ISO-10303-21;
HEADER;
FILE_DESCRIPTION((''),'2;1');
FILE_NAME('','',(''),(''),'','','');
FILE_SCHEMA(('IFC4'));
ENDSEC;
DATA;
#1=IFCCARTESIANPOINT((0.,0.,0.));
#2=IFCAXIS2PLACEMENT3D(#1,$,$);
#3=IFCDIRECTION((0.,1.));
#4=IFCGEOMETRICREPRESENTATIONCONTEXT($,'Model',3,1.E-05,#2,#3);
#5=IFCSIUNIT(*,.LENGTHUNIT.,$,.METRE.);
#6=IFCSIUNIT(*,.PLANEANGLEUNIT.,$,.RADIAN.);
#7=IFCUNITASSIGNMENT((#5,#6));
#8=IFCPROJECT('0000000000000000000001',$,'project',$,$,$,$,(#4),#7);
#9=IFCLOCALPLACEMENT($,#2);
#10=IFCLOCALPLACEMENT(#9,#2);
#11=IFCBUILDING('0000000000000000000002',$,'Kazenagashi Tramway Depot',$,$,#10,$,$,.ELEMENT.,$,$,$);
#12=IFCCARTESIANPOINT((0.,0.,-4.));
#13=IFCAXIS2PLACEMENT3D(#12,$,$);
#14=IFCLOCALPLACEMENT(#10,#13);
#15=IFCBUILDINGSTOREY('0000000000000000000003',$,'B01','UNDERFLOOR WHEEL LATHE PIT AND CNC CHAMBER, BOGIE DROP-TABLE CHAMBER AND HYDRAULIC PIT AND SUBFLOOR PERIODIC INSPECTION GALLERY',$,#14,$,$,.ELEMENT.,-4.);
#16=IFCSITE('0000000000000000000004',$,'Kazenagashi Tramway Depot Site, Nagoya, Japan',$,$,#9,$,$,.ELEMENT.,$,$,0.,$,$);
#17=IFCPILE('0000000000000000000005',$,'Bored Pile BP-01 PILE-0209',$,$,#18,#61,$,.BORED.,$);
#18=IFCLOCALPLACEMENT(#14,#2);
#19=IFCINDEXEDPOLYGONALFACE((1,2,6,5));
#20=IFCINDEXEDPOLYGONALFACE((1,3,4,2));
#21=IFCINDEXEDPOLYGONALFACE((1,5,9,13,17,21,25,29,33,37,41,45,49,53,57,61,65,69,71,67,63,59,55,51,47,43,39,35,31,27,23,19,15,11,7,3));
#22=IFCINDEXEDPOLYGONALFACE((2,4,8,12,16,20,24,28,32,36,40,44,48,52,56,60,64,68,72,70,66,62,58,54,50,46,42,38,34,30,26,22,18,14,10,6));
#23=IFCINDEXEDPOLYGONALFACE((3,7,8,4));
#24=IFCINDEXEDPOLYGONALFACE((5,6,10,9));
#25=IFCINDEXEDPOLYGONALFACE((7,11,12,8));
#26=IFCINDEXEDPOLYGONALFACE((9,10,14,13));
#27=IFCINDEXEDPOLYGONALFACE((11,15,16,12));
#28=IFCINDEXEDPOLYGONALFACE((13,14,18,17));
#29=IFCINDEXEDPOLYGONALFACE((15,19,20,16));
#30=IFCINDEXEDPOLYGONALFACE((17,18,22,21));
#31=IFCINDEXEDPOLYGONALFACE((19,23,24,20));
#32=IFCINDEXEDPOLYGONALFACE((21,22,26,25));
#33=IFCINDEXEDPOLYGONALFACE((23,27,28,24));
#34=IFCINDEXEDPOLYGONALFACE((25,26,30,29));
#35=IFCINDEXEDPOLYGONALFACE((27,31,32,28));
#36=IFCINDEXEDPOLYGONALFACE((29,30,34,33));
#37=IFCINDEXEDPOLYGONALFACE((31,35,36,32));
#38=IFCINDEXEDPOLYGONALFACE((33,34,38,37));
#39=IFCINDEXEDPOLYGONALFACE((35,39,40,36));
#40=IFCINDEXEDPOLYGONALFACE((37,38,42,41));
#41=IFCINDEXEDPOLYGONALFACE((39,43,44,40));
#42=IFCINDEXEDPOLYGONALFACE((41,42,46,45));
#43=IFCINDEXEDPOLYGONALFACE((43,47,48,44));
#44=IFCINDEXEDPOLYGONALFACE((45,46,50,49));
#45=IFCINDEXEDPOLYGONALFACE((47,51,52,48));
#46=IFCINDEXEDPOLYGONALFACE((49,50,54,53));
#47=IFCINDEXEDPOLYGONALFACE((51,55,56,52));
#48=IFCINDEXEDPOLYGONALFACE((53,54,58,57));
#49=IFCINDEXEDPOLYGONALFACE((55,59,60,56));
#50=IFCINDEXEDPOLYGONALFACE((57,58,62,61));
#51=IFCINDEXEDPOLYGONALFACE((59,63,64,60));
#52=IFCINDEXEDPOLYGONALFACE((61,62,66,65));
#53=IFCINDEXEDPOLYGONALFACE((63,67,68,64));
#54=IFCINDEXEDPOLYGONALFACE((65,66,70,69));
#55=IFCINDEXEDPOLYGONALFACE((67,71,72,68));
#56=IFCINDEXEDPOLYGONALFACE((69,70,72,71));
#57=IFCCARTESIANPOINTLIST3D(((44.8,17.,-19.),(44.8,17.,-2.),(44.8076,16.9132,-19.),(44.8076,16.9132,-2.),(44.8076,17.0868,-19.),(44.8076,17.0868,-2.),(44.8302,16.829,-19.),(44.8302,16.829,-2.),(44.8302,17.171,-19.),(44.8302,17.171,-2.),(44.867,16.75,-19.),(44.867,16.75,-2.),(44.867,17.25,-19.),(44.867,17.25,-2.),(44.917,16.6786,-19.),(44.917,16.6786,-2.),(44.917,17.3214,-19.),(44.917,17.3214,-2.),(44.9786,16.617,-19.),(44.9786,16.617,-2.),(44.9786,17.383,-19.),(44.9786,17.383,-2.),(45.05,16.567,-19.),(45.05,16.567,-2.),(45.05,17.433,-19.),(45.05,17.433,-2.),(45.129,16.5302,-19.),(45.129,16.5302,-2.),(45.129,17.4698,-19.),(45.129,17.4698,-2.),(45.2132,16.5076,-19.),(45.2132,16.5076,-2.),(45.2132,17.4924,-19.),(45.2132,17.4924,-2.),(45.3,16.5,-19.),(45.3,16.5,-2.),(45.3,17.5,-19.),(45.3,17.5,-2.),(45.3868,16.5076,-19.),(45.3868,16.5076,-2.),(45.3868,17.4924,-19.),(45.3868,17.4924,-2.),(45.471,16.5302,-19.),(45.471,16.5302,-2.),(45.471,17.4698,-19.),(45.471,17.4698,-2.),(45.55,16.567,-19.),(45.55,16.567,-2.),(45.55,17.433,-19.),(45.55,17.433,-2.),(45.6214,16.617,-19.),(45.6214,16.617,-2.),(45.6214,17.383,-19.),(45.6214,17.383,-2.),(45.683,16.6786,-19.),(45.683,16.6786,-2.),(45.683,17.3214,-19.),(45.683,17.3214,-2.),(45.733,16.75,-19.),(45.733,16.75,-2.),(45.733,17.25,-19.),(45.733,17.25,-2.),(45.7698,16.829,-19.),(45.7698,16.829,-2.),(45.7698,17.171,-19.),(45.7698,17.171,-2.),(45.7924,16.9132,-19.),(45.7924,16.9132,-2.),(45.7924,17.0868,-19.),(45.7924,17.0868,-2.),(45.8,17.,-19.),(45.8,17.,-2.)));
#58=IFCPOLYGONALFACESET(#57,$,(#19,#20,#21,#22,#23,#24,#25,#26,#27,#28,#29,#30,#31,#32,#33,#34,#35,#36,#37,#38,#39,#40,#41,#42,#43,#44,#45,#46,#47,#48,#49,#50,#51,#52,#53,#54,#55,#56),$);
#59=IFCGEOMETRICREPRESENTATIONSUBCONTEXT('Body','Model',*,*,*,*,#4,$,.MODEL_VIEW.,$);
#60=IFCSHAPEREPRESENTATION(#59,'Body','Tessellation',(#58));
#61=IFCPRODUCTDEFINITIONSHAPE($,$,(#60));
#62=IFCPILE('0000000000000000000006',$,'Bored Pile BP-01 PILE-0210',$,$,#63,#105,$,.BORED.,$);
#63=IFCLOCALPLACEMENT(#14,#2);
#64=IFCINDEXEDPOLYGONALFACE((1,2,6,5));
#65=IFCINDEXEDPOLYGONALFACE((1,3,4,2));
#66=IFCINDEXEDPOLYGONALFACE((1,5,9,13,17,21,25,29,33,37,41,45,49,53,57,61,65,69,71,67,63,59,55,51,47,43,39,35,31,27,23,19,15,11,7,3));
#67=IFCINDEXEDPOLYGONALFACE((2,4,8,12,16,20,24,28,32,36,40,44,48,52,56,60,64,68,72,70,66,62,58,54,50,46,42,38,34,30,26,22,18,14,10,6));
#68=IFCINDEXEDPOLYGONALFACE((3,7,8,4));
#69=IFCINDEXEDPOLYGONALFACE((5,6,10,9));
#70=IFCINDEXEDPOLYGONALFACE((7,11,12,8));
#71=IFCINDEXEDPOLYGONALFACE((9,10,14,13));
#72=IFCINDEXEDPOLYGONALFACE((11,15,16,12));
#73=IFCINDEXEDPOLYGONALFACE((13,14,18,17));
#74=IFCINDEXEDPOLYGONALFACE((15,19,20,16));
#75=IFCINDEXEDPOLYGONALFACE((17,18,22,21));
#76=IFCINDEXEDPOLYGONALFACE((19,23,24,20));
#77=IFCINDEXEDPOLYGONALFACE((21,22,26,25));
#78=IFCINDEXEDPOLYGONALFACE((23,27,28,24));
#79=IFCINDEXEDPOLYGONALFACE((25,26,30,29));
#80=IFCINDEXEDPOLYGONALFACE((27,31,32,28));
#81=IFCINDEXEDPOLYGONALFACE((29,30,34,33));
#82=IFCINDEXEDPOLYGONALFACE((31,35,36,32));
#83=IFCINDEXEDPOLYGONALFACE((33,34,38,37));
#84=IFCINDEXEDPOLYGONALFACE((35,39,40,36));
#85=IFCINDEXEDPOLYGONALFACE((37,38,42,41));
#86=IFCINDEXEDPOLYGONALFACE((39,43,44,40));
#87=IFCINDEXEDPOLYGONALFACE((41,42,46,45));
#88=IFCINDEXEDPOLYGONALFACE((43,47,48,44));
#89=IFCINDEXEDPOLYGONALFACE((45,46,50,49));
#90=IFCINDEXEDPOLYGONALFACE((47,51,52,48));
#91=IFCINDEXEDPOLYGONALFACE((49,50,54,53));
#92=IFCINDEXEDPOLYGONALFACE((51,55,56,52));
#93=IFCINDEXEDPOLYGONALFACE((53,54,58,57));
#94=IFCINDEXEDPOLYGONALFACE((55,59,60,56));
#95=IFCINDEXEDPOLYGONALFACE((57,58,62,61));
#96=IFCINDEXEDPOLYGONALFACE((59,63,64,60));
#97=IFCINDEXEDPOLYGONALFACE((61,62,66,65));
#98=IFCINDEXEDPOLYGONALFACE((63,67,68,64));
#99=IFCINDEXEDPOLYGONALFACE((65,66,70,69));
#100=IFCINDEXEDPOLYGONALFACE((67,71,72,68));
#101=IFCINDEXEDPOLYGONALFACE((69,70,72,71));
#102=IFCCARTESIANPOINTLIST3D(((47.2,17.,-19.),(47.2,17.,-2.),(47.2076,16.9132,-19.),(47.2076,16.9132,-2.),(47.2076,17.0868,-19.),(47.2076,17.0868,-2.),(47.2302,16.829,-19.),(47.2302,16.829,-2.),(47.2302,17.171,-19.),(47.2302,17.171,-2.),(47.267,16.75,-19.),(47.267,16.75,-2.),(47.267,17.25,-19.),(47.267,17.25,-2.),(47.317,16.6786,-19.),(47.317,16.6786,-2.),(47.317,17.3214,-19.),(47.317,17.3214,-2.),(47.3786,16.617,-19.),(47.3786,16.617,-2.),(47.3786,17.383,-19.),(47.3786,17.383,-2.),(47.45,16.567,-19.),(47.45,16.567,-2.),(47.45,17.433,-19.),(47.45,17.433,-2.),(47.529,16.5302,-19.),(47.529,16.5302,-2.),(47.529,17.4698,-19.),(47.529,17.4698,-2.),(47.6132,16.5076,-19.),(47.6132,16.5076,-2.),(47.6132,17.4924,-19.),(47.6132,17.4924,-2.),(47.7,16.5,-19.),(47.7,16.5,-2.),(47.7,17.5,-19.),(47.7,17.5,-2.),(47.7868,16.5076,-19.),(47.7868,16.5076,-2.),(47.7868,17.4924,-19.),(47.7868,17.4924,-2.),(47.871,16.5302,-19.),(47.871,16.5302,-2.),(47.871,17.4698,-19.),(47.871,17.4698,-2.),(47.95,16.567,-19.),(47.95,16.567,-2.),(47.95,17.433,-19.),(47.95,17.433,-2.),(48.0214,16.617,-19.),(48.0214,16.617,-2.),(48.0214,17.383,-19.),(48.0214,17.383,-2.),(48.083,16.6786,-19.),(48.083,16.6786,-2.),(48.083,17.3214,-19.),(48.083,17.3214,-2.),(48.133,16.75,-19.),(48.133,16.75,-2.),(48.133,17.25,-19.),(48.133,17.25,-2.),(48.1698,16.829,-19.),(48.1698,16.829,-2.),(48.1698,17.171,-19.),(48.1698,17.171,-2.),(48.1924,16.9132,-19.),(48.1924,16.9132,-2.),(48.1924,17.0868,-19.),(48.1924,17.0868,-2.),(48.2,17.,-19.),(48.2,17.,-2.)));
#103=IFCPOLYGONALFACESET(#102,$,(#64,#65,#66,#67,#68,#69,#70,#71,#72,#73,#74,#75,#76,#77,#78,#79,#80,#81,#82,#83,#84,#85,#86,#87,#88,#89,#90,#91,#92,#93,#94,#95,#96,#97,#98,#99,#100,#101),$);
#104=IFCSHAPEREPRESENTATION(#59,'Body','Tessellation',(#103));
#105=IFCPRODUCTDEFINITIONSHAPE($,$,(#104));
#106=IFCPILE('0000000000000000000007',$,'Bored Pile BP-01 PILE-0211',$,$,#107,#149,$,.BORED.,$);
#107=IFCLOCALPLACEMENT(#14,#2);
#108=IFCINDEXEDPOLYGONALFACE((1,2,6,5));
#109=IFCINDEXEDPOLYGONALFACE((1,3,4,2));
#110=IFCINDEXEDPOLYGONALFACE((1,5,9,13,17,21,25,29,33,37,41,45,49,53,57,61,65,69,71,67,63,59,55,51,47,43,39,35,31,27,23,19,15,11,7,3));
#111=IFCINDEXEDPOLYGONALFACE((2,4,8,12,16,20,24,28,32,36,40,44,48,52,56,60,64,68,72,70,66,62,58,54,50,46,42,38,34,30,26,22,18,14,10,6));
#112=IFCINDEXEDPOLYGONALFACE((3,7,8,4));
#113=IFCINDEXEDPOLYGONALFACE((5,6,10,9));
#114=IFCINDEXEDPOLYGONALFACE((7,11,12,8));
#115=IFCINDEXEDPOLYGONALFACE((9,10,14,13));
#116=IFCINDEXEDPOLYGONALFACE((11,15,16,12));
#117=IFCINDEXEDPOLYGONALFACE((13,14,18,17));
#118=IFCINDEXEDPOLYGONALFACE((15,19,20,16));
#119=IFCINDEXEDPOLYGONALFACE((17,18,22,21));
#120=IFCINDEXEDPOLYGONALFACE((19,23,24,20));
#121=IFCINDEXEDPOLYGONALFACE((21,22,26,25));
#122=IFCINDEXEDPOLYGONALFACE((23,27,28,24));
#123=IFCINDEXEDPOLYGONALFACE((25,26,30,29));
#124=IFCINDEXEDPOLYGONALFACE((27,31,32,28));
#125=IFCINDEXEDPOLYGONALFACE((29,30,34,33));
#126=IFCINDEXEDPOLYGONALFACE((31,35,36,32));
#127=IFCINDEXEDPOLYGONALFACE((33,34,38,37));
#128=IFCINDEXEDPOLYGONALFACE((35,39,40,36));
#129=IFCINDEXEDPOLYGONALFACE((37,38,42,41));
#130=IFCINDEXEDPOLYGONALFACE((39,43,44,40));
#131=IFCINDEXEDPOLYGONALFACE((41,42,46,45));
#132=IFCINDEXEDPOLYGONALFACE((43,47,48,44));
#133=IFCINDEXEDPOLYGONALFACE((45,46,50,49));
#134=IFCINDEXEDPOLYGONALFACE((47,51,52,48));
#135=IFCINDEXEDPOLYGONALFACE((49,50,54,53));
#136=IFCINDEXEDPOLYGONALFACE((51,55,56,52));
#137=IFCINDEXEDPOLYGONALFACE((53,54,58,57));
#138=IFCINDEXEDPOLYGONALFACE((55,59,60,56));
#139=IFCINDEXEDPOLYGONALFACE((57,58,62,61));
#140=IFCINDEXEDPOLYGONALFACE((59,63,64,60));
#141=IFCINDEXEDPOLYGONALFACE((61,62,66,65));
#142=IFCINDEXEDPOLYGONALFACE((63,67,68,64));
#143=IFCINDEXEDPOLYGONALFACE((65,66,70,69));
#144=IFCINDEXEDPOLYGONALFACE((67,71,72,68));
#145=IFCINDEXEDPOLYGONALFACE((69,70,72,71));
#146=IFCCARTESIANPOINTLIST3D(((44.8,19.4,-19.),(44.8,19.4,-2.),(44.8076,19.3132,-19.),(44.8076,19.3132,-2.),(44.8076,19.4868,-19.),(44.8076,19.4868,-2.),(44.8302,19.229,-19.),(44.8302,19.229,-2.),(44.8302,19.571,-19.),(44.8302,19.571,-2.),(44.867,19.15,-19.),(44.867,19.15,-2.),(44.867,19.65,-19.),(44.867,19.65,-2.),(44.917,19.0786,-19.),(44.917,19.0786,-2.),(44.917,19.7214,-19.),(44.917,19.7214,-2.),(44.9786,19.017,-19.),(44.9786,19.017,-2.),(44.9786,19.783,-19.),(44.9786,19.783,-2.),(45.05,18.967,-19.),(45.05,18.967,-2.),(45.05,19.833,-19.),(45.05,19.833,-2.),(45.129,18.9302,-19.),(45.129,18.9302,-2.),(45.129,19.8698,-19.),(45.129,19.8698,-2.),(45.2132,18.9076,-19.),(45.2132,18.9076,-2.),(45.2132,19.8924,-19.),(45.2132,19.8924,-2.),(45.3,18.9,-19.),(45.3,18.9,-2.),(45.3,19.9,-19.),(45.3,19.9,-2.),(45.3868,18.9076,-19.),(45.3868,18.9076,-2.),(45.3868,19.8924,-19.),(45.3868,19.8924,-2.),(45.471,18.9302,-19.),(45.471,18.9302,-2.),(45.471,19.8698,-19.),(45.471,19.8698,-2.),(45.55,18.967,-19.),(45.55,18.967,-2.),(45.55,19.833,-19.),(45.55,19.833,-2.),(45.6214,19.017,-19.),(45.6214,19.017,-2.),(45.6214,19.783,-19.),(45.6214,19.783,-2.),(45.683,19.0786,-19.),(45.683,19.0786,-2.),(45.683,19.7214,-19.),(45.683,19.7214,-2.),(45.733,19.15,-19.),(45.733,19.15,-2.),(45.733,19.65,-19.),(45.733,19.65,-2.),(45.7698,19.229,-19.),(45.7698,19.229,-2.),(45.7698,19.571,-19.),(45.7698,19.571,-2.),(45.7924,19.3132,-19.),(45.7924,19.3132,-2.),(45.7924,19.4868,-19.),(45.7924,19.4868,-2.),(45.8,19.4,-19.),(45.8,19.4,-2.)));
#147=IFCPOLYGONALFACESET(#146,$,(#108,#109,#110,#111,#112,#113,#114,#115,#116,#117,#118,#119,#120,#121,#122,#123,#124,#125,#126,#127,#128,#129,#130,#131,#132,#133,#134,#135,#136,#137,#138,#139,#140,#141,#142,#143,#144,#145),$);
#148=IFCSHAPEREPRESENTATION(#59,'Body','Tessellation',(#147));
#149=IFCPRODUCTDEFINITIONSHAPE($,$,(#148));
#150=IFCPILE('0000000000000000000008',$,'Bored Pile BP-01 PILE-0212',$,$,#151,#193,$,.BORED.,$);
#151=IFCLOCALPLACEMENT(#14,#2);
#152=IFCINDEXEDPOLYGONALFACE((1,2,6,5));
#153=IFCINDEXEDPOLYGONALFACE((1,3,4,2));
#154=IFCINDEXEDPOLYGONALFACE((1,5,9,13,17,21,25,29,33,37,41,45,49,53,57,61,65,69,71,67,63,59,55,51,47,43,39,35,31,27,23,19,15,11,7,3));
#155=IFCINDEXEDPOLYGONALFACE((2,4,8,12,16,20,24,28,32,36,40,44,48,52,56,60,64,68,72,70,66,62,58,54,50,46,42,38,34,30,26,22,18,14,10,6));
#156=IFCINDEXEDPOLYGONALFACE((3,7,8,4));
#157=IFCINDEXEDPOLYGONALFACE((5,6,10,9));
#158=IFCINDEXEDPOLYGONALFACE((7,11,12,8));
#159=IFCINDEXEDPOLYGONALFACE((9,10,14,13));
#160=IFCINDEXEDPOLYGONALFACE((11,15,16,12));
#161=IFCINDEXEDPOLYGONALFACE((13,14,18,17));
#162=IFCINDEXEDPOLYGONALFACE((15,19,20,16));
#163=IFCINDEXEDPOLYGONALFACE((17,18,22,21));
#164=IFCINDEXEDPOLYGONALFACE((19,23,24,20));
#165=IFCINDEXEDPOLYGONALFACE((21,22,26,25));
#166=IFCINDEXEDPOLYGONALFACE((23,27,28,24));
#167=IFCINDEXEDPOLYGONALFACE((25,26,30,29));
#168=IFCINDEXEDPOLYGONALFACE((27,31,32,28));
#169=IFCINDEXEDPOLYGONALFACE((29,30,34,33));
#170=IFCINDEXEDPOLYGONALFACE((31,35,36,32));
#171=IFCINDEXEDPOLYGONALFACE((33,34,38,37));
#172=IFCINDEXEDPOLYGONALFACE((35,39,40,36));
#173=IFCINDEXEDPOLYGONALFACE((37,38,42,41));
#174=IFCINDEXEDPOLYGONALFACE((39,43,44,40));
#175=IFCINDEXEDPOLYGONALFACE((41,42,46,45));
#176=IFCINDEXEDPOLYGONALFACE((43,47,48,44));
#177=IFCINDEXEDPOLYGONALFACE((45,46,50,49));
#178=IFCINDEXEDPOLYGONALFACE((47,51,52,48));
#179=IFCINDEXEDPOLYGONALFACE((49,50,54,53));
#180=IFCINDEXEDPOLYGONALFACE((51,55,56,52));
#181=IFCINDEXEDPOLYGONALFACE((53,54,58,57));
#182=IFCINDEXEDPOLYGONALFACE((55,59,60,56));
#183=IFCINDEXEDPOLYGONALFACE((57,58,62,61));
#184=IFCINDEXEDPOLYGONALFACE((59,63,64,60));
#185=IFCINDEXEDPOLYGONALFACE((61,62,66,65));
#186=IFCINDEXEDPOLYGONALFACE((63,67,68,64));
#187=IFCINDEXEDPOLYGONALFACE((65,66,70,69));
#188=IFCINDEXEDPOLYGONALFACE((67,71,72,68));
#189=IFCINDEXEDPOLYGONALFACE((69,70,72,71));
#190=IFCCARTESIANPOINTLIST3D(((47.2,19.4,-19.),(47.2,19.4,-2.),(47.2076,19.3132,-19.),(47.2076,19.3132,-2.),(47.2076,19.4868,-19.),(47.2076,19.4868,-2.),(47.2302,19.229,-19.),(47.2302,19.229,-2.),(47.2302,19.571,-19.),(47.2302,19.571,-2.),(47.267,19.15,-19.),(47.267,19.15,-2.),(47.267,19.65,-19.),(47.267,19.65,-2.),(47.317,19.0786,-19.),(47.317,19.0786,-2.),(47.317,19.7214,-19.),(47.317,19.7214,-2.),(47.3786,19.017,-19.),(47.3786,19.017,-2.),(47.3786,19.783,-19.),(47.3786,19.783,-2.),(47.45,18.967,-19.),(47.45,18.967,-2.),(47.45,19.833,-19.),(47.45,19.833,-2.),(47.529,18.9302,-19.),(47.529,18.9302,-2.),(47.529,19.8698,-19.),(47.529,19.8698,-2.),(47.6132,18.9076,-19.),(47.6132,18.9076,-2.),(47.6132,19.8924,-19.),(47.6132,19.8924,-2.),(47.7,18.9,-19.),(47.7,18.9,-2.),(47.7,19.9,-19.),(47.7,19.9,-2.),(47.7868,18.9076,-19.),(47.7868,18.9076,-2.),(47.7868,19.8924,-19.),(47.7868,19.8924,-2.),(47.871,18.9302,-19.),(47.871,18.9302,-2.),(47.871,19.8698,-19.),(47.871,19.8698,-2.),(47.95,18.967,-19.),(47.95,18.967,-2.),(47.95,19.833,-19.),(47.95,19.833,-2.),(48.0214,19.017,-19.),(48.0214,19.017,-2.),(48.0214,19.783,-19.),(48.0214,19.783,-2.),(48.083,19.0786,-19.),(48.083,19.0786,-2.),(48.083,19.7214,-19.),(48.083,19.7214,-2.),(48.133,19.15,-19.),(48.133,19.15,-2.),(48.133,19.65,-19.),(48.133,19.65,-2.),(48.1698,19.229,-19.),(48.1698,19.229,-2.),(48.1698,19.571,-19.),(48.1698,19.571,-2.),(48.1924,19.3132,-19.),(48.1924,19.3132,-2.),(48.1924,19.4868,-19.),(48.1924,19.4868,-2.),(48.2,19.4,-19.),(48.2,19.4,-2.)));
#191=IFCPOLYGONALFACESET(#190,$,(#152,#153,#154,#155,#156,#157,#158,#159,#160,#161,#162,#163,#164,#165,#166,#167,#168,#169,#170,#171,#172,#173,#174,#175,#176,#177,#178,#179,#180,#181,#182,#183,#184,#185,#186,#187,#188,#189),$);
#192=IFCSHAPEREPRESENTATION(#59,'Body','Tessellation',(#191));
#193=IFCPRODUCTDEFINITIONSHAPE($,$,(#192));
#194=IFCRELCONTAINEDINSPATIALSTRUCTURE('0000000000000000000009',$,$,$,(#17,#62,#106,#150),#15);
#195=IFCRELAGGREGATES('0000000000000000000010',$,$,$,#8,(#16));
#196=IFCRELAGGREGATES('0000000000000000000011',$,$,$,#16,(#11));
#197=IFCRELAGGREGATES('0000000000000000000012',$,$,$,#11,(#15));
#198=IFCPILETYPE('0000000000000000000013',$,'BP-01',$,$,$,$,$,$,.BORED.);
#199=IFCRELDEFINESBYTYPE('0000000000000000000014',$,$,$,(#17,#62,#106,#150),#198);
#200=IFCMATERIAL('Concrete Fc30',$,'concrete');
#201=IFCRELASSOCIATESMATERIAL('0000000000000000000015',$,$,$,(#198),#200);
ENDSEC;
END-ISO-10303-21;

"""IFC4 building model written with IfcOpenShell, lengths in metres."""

from ifc_helpers import new_model, si_unit, direction, frame, origin, origin_2d, place, context, subcontext, project, spatial, circle, extrude, material, material_profile, profile_set, type_object, element, save


model = new_model("IFC4")

# Units and contexts
model_context = context("Model", 3, precision=1e-05, world=origin(), true_north=direction((0.0, 1.0)))
body_context = subcontext(model_context, "Body", "Model", "MODEL_VIEW")
ifc_project = project(units=[si_unit("LENGTHUNIT", "METRE"), si_unit("PLANEANGLEUNIT", "RADIAN")], contexts=[model_context])

# Site, building, storey
site_placement = place(None, origin())
site = spatial("IfcSite", under=ifc_project, at=site_placement, Name="Kazenagashi Tramway Depot Site, Nagoya, Japan", CompositionType="ELEMENT", RefElevation=0.0)
building_placement = place(site_placement, origin())
building = spatial("IfcBuilding", under=site, at=building_placement, Name="Kazenagashi Tramway Depot", CompositionType="ELEMENT")
storey_placement = place(building_placement, frame((0.0, 0.0, -4.0)))
storey = spatial("IfcBuildingStorey", under=building, at=storey_placement, Name="B01", Description="UNDERFLOOR WHEEL LATHE PIT AND CNC CHAMBER, BOGIE DROP-TABLE CHAMBER AND HYDRAULIC PIT AND SUBFLOOR PERIODIC INSPECTION GALLERY", CompositionType="ELEMENT", Elevation=-4.0)

# Piles
ifc_material_1 = material(Name="Concrete Fc30", Category="concrete")
ifc_material_profile_1 = material_profile(ifc_material_1, circle(Radius=0.5, at=origin_2d()), Name="PILE-1000")
ifc_profile_set_1 = profile_set([ifc_material_profile_1], Name="Concrete Fc30")
pile_type_1 = type_object("IfcPileType", Name="BP-01", PredefinedType="BORED", material=ifc_profile_set_1)
for number, where, z_axis, x_axis, name in (
    (1, (45.3, 17.0, -2.0), (0.0, 0.0, -1.0), (1.0, 0.0, 0.0), "Bored Pile BP-01 PILE-0209"),
    (2, (47.7, 17.0, -2.0), (0.0, 0.0, -1.0), (1.0, 0.0, 0.0), "Bored Pile BP-01 PILE-0210"),
    (3, (45.3, 19.4, -2.0), (0.0, 0.0, -1.0), (1.0, 0.0, 0.0), "Bored Pile BP-01 PILE-0211"),
    (4, (47.7, 19.4, -2.0), (0.0, 0.0, -1.0), (1.0, 0.0, 0.0), "Bored Pile BP-01 PILE-0212"),
):
    element("IfcPile", number, at=place(storey_placement, frame(where, z_axis=z_axis, x_axis=x_axis)), inside=storey, type_object=pile_type_1, Name=name, PredefinedType="BORED", context=body_context, shape_type="SweptSolid", body=[
        extrude(circle(Radius=0.5, at=origin_2d()), origin(), (0.0, 0.0, 1.0), 17.0),
    ])

save(model, "model.ifc")
